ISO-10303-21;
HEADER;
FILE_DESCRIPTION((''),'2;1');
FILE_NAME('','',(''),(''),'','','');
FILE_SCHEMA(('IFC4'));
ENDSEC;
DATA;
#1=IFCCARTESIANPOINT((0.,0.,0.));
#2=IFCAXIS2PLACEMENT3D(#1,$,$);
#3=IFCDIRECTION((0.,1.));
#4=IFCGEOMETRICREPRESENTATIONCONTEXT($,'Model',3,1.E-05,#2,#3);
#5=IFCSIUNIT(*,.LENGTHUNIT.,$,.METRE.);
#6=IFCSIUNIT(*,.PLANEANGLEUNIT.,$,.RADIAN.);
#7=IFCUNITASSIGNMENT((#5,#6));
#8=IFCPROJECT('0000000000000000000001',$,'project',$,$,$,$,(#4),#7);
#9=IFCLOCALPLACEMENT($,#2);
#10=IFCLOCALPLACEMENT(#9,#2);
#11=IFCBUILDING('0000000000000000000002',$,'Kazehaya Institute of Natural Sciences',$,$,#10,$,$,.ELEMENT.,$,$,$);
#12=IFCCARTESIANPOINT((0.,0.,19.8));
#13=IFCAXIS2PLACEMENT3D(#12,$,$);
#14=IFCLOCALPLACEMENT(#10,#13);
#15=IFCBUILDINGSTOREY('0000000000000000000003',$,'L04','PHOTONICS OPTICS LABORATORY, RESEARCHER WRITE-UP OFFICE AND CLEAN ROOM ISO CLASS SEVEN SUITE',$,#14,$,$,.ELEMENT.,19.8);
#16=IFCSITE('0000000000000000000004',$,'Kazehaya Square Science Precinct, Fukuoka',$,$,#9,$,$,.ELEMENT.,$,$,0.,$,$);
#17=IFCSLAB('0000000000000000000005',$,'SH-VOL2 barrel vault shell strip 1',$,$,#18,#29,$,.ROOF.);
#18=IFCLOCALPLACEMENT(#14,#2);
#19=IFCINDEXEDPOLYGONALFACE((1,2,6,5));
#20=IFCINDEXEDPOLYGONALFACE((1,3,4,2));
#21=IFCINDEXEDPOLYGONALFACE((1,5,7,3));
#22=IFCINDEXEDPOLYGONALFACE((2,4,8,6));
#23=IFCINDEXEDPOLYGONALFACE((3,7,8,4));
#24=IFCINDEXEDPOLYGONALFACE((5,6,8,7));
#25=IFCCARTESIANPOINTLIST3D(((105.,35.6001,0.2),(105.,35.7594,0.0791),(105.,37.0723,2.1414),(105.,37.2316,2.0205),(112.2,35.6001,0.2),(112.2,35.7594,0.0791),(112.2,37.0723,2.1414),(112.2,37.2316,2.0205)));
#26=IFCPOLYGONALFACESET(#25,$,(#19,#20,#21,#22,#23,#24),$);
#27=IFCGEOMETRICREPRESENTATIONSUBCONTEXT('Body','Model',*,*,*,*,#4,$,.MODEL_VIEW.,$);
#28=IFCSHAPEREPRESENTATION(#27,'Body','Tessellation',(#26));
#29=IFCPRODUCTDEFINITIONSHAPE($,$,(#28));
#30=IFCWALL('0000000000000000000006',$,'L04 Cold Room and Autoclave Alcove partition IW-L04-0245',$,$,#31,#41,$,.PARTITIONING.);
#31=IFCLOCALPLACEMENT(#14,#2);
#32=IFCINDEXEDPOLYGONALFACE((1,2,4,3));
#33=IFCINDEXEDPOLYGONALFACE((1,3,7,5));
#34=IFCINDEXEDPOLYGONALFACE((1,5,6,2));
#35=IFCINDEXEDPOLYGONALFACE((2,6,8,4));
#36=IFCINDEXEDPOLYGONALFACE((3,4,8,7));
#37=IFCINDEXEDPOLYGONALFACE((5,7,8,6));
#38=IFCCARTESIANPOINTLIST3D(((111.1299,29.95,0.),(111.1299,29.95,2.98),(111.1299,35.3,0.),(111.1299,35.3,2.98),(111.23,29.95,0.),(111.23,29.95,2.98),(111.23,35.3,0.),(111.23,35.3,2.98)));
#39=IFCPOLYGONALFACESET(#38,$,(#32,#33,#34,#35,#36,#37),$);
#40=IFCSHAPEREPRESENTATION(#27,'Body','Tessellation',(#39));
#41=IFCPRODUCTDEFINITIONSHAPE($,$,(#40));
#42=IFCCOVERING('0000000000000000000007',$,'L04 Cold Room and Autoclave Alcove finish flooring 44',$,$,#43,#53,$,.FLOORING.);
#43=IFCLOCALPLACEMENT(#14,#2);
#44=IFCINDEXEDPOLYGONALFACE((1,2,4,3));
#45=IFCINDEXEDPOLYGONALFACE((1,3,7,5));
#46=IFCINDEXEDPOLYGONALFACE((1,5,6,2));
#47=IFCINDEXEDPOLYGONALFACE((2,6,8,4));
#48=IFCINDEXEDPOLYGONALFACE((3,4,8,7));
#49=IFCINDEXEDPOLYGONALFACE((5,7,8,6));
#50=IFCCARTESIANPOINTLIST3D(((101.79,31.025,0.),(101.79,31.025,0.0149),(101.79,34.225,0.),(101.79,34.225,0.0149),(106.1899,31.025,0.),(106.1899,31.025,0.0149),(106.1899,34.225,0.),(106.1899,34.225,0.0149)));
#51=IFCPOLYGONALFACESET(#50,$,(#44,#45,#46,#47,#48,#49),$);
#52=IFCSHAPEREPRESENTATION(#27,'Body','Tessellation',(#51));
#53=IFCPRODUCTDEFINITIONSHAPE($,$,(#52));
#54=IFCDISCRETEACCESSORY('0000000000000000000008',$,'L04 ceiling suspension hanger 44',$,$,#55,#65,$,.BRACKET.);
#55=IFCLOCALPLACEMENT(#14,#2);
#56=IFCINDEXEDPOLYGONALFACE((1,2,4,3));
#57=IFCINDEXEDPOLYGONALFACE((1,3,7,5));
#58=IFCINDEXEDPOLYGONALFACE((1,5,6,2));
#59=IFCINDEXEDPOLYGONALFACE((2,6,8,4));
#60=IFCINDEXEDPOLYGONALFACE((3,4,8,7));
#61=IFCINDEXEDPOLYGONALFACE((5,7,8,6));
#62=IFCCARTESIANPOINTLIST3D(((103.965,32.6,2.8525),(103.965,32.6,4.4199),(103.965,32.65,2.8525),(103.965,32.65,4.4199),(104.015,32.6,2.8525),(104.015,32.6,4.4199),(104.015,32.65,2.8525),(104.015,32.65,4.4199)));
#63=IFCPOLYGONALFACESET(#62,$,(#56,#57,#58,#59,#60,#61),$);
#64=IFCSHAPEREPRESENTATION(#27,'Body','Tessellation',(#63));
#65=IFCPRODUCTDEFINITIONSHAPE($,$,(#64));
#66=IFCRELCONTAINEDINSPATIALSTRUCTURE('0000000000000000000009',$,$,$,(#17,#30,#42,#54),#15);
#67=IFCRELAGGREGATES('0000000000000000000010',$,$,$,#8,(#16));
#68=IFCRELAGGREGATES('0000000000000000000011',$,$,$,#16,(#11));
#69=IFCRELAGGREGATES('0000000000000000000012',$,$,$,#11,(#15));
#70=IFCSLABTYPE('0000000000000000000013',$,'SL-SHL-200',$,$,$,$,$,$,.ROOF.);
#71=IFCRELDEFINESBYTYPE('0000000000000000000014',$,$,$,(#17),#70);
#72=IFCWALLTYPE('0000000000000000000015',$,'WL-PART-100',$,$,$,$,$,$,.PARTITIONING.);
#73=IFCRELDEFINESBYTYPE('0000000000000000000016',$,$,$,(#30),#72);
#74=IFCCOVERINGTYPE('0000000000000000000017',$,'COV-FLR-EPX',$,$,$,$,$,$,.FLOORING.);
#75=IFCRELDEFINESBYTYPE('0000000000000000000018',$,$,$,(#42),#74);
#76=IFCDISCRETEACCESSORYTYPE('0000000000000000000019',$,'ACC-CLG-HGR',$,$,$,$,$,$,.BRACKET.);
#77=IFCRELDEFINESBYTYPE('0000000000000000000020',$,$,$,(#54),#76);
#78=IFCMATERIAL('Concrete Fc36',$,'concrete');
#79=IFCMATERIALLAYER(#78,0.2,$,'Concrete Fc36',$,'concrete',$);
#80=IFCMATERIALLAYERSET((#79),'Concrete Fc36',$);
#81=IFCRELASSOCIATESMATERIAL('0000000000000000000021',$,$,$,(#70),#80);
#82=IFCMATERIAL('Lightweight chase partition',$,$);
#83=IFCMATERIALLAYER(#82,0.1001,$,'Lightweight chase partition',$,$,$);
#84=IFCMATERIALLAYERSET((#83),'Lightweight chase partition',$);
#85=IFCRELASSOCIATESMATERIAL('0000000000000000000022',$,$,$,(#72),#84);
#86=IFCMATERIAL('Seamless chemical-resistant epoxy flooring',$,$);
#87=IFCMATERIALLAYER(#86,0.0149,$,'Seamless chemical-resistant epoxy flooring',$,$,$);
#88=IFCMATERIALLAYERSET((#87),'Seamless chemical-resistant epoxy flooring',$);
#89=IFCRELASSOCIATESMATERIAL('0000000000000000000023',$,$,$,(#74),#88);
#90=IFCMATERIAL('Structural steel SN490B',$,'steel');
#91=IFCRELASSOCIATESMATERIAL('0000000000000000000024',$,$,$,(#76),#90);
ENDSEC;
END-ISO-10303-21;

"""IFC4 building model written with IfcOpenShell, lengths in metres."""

from ifc_helpers import new_model, si_unit, direction, frame, frame_2d, origin, origin_2d, place, context, subcontext, project, spatial, polyline, rectangle, outline, extrude, material, layer, layer_set, type_object, element, save


model = new_model("IFC4")

# Units and contexts
model_context = context("Model", 3, precision=1e-05, world=origin(), true_north=direction((0.0, 1.0)))
body_context = subcontext(model_context, "Body", "Model", "MODEL_VIEW")
ifc_project = project(units=[si_unit("LENGTHUNIT", "METRE"), si_unit("PLANEANGLEUNIT", "RADIAN")], contexts=[model_context])

# Site, building, storey
site_placement = place(None, origin())
site = spatial("IfcSite", under=ifc_project, at=site_placement, Name="Kazehaya Square Science Precinct, Fukuoka", CompositionType="ELEMENT", RefElevation=0.0)
building_placement = place(site_placement, origin())
building = spatial("IfcBuilding", under=site, at=building_placement, Name="Kazehaya Institute of Natural Sciences", CompositionType="ELEMENT")
storey_placement = place(building_placement, frame((0.0, 0.0, 19.8)))
storey = spatial("IfcBuildingStorey", under=building, at=storey_placement, Name="L04", Description="PHOTONICS OPTICS LABORATORY, RESEARCHER WRITE-UP OFFICE AND CLEAN ROOM ISO CLASS SEVEN SUITE", CompositionType="ELEMENT", Elevation=19.8)

# Shared definitions
ifc_material_1 = material(Name="Concrete Fc36", Category="concrete")
ifc_material_2 = material(Name="Structural steel SN490B", Category="steel")

# Slab
ifc_layer_1 = layer(ifc_material_1, 0.2, Name="Concrete Fc36", Category="concrete")
ifc_layer_set_1 = layer_set([ifc_layer_1], Name="Concrete Fc36")
slab_type = type_object("IfcSlabType", Name="SL-SHL-200", PredefinedType="ROOF", material=ifc_layer_set_1)
slab_placement = place(storey_placement, frame((105.0, 35.6001, 0.2), z_axis=(0.0, -0.796814, 0.604224), x_axis=(1.0, 0.0, 0.0)))
element("IfcSlab", 1, at=slab_placement, inside=storey, type_object=slab_type, Name="SH-VOL2 barrel vault shell strip 1", PredefinedType="ROOF", context=body_context, shape_type="SweptSolid", body=[
    extrude(outline(polyline([(0.0, 0.0), (7.2, 0.0), (7.2, 2.4365), (0.0, 2.4365), (0.0, 0.0)])), origin(), (0.0, 0.0, -1.0), 0.2),
])

# Wall
ifc_material_3 = material(Name="Lightweight chase partition")
ifc_layer_2 = layer(ifc_material_3, 0.1001, Name="Lightweight chase partition")
ifc_layer_set_2 = layer_set([ifc_layer_2], Name="Lightweight chase partition")
wall_type = type_object("IfcWallType", Name="WL-PART-100", PredefinedType="PARTITIONING", material=ifc_layer_set_2)
wall_placement = place(storey_placement, frame((111.1799, 35.3, 0.0), z_axis=(0.0, 0.0, 1.0), x_axis=(0.0, -1.0, 0.0)))
element("IfcWall", 2, at=wall_placement, inside=storey, type_object=wall_type, Name="L04 Cold Room and Autoclave Alcove partition IW-L04-0245", PredefinedType="PARTITIONING", context=body_context, shape_type="SweptSolid", body=[
    extrude(rectangle(XDim=5.3501, YDim=0.1001, at=frame_2d((2.675, 0.0))), origin(), (0.0, 0.0, 1.0), 2.98),
])

# Covering
ifc_material_4 = material(Name="Seamless chemical-resistant epoxy flooring")
ifc_layer_3 = layer(ifc_material_4, 0.0149, Name="Seamless chemical-resistant epoxy flooring")
ifc_layer_set_3 = layer_set([ifc_layer_3], Name="Seamless chemical-resistant epoxy flooring")
covering_type = type_object("IfcCoveringType", Name="COV-FLR-EPX", PredefinedType="FLOORING", material=ifc_layer_set_3)
covering_placement = place(storey_placement, frame((103.99, 32.625, 0.0), z_axis=(0.0, 0.0, 1.0), x_axis=(1.0, 0.0, 0.0)))
element("IfcCovering", 3, at=covering_placement, inside=storey, type_object=covering_type, Name="L04 Cold Room and Autoclave Alcove finish flooring 44", PredefinedType="FLOORING", context=body_context, shape_type="SweptSolid", body=[
    extrude(rectangle(XDim=4.3999, YDim=3.2, at=origin_2d()), origin(), (0.0, 0.0, 1.0), 0.0149),
])

# Discrete accessory
discrete_accessory_type = type_object("IfcDiscreteAccessoryType", Name="ACC-CLG-HGR", PredefinedType="BRACKET", material=ifc_material_2)
discrete_accessory_placement = place(storey_placement, frame((103.99, 32.625, 2.8525), z_axis=(0.0, 0.0, 1.0), x_axis=(1.0, 0.0, 0.0)))
element("IfcDiscreteAccessory", 4, at=discrete_accessory_placement, inside=storey, type_object=discrete_accessory_type, Name="L04 ceiling suspension hanger 44", PredefinedType="BRACKET", context=body_context, shape_type="SweptSolid", body=[
    extrude(rectangle(XDim=0.05, YDim=0.05, at=origin_2d()), origin(), (0.0, 0.0, 1.0), 1.5674),
])

save(model, "model.ifc")
